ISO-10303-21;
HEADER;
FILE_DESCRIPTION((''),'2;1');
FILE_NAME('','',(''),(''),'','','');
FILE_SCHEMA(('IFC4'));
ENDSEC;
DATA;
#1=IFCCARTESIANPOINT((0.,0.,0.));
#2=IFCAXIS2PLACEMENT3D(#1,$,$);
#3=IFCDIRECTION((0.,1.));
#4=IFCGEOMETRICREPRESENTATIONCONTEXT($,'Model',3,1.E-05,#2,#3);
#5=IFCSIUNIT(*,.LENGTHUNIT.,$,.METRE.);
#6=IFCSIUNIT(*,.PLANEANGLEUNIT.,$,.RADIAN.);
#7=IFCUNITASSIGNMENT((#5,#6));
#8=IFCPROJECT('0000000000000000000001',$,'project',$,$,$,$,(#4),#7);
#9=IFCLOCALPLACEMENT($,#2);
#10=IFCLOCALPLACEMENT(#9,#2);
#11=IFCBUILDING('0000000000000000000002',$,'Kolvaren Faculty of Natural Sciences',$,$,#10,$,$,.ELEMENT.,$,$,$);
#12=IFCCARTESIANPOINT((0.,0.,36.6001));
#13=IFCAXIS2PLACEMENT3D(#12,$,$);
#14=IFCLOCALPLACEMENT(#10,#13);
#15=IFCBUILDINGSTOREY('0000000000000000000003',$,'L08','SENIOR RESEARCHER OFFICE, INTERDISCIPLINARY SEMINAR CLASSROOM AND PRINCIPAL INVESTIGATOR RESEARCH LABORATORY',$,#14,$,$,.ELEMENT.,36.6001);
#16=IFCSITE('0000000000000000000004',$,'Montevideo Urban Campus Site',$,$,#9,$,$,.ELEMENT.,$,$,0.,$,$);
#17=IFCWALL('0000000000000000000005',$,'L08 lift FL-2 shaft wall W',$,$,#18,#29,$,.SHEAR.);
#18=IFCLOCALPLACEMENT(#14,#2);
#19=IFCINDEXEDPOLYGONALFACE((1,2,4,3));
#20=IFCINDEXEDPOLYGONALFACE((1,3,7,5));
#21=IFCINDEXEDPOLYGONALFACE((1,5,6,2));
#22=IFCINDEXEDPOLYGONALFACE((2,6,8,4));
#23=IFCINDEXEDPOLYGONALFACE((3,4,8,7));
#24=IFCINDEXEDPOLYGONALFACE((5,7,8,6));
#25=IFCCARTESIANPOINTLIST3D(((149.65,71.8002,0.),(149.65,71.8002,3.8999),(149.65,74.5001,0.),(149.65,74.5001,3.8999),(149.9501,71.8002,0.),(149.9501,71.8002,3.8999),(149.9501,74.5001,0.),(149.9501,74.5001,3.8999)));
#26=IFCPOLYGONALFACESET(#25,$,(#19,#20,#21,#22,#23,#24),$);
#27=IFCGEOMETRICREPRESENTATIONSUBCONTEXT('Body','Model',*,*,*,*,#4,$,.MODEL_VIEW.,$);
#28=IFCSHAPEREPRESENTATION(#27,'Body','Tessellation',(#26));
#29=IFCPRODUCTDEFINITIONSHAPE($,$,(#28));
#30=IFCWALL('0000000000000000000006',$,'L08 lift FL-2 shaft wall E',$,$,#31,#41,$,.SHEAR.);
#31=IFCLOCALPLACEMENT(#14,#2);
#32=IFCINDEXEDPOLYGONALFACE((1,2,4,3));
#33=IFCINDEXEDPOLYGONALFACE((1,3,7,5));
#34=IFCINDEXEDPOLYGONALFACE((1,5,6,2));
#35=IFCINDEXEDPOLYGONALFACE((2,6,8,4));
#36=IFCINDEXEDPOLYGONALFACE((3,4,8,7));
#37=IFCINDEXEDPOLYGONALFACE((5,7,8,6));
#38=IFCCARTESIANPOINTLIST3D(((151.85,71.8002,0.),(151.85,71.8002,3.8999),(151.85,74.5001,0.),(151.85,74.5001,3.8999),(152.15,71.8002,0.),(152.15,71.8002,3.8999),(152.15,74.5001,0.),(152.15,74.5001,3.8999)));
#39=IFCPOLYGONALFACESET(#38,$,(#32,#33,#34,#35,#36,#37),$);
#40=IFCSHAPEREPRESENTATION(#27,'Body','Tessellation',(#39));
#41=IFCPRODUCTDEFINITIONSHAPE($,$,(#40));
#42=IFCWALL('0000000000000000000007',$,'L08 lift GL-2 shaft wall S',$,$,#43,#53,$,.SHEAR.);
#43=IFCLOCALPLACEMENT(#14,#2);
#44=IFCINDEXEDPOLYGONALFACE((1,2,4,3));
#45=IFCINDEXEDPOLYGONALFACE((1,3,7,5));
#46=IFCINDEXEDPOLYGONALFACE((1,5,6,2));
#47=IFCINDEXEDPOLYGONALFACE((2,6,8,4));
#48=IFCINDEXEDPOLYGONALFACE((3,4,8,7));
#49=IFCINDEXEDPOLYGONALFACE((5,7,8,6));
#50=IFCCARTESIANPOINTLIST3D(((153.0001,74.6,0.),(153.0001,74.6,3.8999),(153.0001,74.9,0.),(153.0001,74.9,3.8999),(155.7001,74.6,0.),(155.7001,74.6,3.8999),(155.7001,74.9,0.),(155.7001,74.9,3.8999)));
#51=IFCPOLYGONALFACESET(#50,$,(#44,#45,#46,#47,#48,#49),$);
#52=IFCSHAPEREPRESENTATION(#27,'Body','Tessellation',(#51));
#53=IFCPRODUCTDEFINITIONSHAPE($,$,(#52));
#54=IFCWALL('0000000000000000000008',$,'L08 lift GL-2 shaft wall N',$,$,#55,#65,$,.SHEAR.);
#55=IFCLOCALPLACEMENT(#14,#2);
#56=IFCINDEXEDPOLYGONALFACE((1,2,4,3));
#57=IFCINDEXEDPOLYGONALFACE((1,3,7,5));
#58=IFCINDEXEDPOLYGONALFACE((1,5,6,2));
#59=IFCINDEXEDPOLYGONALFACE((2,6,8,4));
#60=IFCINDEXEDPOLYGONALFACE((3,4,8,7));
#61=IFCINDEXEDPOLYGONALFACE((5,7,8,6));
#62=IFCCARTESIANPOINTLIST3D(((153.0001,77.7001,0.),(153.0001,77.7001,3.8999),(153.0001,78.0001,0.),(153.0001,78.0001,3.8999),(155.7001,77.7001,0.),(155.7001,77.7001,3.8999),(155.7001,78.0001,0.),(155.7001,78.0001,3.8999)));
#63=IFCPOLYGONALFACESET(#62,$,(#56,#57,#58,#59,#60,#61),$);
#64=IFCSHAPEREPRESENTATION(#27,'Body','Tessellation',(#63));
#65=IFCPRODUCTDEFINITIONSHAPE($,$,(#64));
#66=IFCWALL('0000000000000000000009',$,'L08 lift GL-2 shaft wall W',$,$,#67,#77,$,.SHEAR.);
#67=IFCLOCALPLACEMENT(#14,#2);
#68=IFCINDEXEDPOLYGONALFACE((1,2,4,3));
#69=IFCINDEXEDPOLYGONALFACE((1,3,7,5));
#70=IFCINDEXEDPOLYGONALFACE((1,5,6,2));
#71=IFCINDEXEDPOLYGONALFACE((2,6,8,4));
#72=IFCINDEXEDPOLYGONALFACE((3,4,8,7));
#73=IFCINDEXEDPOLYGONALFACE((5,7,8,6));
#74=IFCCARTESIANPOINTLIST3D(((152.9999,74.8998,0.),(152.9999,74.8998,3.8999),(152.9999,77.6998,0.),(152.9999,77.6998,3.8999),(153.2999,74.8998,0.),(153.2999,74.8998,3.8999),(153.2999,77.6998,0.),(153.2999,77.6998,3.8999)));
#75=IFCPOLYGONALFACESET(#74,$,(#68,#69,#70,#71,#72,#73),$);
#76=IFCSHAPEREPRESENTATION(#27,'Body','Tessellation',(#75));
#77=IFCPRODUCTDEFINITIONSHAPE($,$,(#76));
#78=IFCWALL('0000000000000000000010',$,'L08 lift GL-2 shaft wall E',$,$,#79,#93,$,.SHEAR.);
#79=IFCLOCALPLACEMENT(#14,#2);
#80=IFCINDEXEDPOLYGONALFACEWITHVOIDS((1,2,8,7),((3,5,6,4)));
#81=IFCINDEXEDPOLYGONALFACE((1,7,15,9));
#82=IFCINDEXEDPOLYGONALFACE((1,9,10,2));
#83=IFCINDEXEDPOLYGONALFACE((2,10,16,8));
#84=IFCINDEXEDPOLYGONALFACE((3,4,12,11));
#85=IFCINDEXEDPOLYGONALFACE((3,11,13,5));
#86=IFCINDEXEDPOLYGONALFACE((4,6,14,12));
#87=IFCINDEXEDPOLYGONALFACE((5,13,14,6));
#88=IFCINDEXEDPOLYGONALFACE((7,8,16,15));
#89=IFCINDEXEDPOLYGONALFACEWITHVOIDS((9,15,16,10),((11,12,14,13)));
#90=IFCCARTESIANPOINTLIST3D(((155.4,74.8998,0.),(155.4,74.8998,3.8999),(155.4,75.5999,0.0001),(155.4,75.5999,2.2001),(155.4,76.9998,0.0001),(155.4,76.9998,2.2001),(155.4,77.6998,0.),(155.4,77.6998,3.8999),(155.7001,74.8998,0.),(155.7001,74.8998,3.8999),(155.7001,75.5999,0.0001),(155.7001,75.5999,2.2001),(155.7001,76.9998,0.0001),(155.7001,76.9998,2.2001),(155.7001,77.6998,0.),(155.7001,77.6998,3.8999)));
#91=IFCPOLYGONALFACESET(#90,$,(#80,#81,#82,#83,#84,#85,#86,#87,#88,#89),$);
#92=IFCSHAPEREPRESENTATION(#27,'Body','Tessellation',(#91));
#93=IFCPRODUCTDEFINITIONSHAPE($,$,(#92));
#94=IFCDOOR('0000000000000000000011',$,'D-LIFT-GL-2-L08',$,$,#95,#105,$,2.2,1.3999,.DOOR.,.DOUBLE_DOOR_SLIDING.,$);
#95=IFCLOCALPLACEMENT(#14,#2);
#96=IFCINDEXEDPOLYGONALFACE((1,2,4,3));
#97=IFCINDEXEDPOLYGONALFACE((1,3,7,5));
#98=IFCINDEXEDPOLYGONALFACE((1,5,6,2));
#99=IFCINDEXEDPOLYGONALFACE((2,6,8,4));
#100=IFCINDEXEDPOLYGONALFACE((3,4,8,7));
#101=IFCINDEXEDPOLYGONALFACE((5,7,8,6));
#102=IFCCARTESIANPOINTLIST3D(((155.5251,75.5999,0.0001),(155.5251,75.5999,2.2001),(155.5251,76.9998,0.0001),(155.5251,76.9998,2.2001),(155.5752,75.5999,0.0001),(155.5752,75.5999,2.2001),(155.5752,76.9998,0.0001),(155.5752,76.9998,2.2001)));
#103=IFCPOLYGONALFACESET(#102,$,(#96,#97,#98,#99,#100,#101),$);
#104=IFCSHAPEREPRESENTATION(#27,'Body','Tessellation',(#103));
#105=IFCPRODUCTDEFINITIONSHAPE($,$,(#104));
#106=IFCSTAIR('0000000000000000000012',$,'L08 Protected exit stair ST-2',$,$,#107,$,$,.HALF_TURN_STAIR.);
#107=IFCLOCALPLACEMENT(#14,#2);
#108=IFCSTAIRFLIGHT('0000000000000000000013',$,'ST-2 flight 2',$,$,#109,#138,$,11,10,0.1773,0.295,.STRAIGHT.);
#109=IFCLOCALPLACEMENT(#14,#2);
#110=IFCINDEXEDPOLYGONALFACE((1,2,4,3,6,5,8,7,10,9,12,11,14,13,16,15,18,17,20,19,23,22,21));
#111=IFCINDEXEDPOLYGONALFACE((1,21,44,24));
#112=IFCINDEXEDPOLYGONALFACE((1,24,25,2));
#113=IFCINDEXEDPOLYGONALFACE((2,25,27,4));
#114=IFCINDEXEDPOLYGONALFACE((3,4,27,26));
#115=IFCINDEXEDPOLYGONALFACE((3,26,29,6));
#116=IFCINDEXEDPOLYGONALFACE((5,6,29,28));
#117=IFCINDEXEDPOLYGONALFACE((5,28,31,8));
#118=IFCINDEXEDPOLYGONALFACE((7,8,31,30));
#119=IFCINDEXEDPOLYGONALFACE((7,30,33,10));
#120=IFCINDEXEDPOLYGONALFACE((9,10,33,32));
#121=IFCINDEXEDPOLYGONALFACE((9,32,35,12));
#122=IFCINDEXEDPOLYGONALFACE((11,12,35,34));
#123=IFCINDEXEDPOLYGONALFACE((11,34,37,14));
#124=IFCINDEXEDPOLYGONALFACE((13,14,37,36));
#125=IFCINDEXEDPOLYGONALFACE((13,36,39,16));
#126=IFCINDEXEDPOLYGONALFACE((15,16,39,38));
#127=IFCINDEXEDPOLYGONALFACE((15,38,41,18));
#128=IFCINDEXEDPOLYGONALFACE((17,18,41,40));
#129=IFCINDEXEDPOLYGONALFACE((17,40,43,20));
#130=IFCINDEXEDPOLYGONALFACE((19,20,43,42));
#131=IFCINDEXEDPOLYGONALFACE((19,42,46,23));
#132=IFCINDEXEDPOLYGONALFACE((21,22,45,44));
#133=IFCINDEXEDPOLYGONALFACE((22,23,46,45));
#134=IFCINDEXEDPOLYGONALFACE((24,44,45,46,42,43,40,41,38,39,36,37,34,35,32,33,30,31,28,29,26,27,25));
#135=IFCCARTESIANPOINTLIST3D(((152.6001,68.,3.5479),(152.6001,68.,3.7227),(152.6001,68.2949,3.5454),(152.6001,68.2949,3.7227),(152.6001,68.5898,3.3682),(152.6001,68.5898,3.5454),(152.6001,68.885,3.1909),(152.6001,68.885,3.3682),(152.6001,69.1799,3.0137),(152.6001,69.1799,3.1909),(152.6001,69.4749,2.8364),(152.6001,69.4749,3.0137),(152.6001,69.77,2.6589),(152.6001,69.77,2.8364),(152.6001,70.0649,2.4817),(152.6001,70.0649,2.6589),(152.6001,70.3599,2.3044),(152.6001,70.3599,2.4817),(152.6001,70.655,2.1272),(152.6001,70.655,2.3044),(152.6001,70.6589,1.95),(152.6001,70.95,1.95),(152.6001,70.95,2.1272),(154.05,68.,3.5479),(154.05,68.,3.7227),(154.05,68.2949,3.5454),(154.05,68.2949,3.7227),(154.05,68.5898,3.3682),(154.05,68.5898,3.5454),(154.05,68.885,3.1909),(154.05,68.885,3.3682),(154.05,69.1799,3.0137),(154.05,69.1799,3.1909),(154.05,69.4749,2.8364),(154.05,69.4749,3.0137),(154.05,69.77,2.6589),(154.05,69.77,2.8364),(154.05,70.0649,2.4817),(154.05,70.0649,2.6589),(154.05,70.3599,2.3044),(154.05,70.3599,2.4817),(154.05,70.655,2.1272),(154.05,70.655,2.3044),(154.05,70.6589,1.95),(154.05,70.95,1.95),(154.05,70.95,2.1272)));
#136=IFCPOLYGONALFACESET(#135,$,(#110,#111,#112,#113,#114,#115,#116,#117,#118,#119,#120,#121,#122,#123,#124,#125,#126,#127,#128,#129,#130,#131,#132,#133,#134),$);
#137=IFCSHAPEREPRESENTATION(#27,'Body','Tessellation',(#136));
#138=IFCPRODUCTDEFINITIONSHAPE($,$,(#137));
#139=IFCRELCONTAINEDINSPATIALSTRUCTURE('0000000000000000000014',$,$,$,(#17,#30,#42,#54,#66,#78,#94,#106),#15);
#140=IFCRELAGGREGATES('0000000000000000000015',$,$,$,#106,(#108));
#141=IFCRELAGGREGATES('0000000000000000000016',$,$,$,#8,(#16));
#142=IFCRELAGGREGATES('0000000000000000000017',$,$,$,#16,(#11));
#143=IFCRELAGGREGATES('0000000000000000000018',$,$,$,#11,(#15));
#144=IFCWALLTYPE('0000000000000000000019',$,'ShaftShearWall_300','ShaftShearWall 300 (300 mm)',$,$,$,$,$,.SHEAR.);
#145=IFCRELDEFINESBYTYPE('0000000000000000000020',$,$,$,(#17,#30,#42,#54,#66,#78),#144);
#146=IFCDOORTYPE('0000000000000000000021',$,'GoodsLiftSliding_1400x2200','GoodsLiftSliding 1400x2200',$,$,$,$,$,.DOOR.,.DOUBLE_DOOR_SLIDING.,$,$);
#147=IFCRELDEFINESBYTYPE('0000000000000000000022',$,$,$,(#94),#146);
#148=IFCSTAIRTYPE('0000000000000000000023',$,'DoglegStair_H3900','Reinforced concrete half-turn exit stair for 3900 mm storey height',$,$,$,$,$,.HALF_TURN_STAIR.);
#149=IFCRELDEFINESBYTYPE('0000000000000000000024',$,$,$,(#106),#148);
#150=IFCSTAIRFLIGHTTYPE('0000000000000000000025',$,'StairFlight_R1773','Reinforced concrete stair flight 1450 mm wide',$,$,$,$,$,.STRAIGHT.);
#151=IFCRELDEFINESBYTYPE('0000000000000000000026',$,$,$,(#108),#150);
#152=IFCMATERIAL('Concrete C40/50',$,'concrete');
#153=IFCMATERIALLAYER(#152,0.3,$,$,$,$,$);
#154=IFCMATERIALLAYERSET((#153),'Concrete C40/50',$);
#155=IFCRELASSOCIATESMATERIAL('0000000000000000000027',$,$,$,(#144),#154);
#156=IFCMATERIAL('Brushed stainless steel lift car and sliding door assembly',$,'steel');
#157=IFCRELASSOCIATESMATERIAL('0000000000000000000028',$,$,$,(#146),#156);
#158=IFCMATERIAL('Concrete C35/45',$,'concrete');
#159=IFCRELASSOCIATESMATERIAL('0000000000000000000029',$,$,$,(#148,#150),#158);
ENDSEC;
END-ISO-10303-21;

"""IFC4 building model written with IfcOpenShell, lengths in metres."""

from ifc_helpers import new_model, si_unit, direction, frame, frame_2d, origin, place, context, subcontext, project, spatial, polyline, rectangle, outline, extrude, material, layer, layer_set, type_object, element, fill, aggregate, save


model = new_model("IFC4")

# Units and contexts
model_context = context("Model", 3, precision=1e-05, world=origin(), true_north=direction((0.0, 1.0)))
body_context = subcontext(model_context, "Body", "Model", "MODEL_VIEW")
ifc_project = project(units=[si_unit("LENGTHUNIT", "METRE"), si_unit("PLANEANGLEUNIT", "RADIAN")], contexts=[model_context])

# Site, building, storey
site_placement = place(None, origin())
site = spatial("IfcSite", under=ifc_project, at=site_placement, Name="Montevideo Urban Campus Site", CompositionType="ELEMENT", RefElevation=0.0)
building_placement = place(site_placement, origin())
building = spatial("IfcBuilding", under=site, at=building_placement, Name="Kolvaren Faculty of Natural Sciences", CompositionType="ELEMENT")
storey_placement = place(building_placement, frame((0.0, 0.0, 36.6001)))
storey = spatial("IfcBuildingStorey", under=building, at=storey_placement, Name="L08", Description="SENIOR RESEARCHER OFFICE, INTERDISCIPLINARY SEMINAR CLASSROOM AND PRINCIPAL INVESTIGATOR RESEARCH LABORATORY", CompositionType="ELEMENT", Elevation=36.6001)

# Shared definitions
ifc_material_1 = material(Name="Concrete C35/45", Category="concrete")

# Shared definitions
ifc_material_2 = material(Name="Concrete C40/50", Category="concrete")

# Walls
ifc_layer_1 = layer(ifc_material_2, 0.3)
ifc_layer_set_1 = layer_set([ifc_layer_1], Name="Concrete C40/50")
wall_type_1 = type_object("IfcWallType", Name="ShaftShearWall_300", Description="ShaftShearWall 300 (300 mm)", PredefinedType="SHEAR", material=ifc_layer_set_1)
for number, where, z_axis, x_axis, name in (
    (1, (149.8, 71.8, 0.0), (0.0, 0.0, 1.0), (0.0, 1.0, 0.0), "L08 lift FL-2 shaft wall W"),
    (2, (152.0, 71.8, 0.0), (0.0, 0.0, 1.0), (0.0, 1.0, 0.0), "L08 lift FL-2 shaft wall E"),
    (3, (153.0, 74.75, 0.0), (0.0, 0.0, 1.0), (1.0, 0.0, 0.0), "L08 lift GL-2 shaft wall S"),
    (4, (153.0, 77.8501, 0.0), (0.0, 0.0, 1.0), (1.0, 0.0, 0.0), "L08 lift GL-2 shaft wall N"),
):
    element("IfcWall", number, at=place(storey_placement, frame(where, z_axis=z_axis, x_axis=x_axis)), inside=storey, type_object=wall_type_1, Name=name, PredefinedType="SHEAR", context=body_context, shape_type="SweptSolid", body=[
        extrude(rectangle(XDim=2.7, YDim=0.3, at=frame_2d((1.3501, 0.0))), origin(), (0.0, 0.0, 1.0), 3.8999),
    ])
wall_1_placement = place(storey_placement, frame((153.1499, 74.8999, 0.0), z_axis=(0.0, 0.0, 1.0), x_axis=(0.0, 1.0, 0.0)))
element("IfcWall", 5, at=wall_1_placement, inside=storey, type_object=wall_type_1, Name="L08 lift GL-2 shaft wall W", PredefinedType="SHEAR", context=body_context, shape_type="SweptSolid", body=[
    extrude(rectangle(XDim=2.8, YDim=0.3, at=frame_2d((1.3999, 0.0))), origin(), (0.0, 0.0, 1.0), 3.8999),
])

# Wall, opening, door
wall_2_placement = place(storey_placement, frame((155.55, 74.8999, 0.0), z_axis=(0.0, 0.0, 1.0), x_axis=(0.0, 1.0, 0.0)))
wall_2 = element("IfcWall", 6, at=wall_2_placement, inside=storey, type_object=wall_type_1, Name="L08 lift GL-2 shaft wall E", PredefinedType="SHEAR", context=body_context, shape_type="SweptSolid", body=[
    extrude(rectangle(XDim=2.8, YDim=0.3, at=frame_2d((1.3999, 0.0))), origin(), (0.0, 0.0, 1.0), 3.8999),
])
opening_1_placement = place(wall_2_placement, frame((0.7, 0.0, 0.0)))
opening_1 = element("IfcOpeningElement", 7, at=opening_1_placement, cuts=wall_2, PredefinedType="OPENING", context=body_context, shape_type="SweptSolid", body=[
    extrude(rectangle(XDim=1.3999, YDim=2.2, at=frame_2d((0.7, 1.1001))), frame((0.0, 0.1599, 0.0), z_axis=(0.0, -1.0, 0.0), x_axis=(1.0, 0.0, 0.0)), (0.0, 0.0, 1.0), 0.3201),
])
ifc_material_3 = material(Name="Brushed stainless steel lift car and sliding door assembly", Category="steel")
door_type = type_object("IfcDoorType", Name="GoodsLiftSliding_1400x2200", Description="GoodsLiftSliding 1400x2200", OperationType="DOUBLE_DOOR_SLIDING", PredefinedType="DOOR", material=ifc_material_3)
door_placement = place(opening_1_placement, origin())
door = element("IfcDoor", 8, at=door_placement, inside=storey, type_object=door_type, Name="D-LIFT-GL-2-L08", OperationType="DOUBLE_DOOR_SLIDING", OverallHeight=2.2, OverallWidth=1.3999, PredefinedType="DOOR", context=body_context, shape_type="SweptSolid", body=[
    extrude(rectangle(XDim=1.3999, YDim=2.2, at=frame_2d((0.7, 1.1001))), frame((0.0, 0.0249, 0.0), z_axis=(0.0, -1.0, 0.0), x_axis=(1.0, 0.0, 0.0)), (0.0, 0.0, 1.0), 0.05),
])
fill(opening_1, door)

# Stair, stair flight
stair_type = type_object("IfcStairType", Name="DoglegStair_H3900", Description="Reinforced concrete half-turn exit stair for 3900 mm storey height", PredefinedType="HALF_TURN_STAIR", material=ifc_material_1)
stair_placement = place(storey_placement, origin())
stair = element("IfcStair", 9, at=stair_placement, inside=storey, type_object=stair_type, Name="L08 Protected exit stair ST-2", PredefinedType="HALF_TURN_STAIR")
stair_flight_type = type_object("IfcStairFlightType", Name="StairFlight_R1773", Description="Reinforced concrete stair flight 1450 mm wide", PredefinedType="STRAIGHT", material=ifc_material_1)
stair_flight_placement = place(storey_placement, frame((153.325, 70.95, 1.95), z_axis=(0.0, 0.0, 1.0), x_axis=(0.0, -1.0, 0.0)))
stair_flight = element("IfcStairFlight", 10, at=stair_flight_placement, type_object=stair_flight_type, Name="ST-2 flight 2", NumberOfRisers=11, NumberOfTreads=10, PredefinedType="STRAIGHT", RiserHeight=0.1773, TreadLength=0.295, context=body_context, shape_type="SweptSolid", body=[
    extrude(outline(polyline([(0.0, 0.0), (0.0, 0.1772), (0.2949, 0.1772), (0.2949, 0.3545), (0.5901, 0.3545), (0.5901, 0.5317), (0.885, 0.5317), (0.885, 0.709), (1.1799, 0.709), (1.1799, 0.8865), (1.4751, 0.8865), (1.4751, 1.0637), (1.77, 1.0637), (1.77, 1.241), (2.0649, 1.241), (2.0649, 1.4182), (2.3601, 1.4182), (2.3601, 1.5955), (2.655, 1.5955), (2.655, 1.7727), (2.95, 1.7727), (2.95, 1.95), (2.95, 1.5979), (0.291, 0.0), (0.0, 0.0)])), frame((0.0, 0.7251, 0.0), z_axis=(0.0, -1.0, 0.0), x_axis=(1.0, 0.0, 0.0)), (0.0, 0.0, 1.0), 1.45),
])
aggregate(stair, [stair_flight])

save(model, "model.ifc")
